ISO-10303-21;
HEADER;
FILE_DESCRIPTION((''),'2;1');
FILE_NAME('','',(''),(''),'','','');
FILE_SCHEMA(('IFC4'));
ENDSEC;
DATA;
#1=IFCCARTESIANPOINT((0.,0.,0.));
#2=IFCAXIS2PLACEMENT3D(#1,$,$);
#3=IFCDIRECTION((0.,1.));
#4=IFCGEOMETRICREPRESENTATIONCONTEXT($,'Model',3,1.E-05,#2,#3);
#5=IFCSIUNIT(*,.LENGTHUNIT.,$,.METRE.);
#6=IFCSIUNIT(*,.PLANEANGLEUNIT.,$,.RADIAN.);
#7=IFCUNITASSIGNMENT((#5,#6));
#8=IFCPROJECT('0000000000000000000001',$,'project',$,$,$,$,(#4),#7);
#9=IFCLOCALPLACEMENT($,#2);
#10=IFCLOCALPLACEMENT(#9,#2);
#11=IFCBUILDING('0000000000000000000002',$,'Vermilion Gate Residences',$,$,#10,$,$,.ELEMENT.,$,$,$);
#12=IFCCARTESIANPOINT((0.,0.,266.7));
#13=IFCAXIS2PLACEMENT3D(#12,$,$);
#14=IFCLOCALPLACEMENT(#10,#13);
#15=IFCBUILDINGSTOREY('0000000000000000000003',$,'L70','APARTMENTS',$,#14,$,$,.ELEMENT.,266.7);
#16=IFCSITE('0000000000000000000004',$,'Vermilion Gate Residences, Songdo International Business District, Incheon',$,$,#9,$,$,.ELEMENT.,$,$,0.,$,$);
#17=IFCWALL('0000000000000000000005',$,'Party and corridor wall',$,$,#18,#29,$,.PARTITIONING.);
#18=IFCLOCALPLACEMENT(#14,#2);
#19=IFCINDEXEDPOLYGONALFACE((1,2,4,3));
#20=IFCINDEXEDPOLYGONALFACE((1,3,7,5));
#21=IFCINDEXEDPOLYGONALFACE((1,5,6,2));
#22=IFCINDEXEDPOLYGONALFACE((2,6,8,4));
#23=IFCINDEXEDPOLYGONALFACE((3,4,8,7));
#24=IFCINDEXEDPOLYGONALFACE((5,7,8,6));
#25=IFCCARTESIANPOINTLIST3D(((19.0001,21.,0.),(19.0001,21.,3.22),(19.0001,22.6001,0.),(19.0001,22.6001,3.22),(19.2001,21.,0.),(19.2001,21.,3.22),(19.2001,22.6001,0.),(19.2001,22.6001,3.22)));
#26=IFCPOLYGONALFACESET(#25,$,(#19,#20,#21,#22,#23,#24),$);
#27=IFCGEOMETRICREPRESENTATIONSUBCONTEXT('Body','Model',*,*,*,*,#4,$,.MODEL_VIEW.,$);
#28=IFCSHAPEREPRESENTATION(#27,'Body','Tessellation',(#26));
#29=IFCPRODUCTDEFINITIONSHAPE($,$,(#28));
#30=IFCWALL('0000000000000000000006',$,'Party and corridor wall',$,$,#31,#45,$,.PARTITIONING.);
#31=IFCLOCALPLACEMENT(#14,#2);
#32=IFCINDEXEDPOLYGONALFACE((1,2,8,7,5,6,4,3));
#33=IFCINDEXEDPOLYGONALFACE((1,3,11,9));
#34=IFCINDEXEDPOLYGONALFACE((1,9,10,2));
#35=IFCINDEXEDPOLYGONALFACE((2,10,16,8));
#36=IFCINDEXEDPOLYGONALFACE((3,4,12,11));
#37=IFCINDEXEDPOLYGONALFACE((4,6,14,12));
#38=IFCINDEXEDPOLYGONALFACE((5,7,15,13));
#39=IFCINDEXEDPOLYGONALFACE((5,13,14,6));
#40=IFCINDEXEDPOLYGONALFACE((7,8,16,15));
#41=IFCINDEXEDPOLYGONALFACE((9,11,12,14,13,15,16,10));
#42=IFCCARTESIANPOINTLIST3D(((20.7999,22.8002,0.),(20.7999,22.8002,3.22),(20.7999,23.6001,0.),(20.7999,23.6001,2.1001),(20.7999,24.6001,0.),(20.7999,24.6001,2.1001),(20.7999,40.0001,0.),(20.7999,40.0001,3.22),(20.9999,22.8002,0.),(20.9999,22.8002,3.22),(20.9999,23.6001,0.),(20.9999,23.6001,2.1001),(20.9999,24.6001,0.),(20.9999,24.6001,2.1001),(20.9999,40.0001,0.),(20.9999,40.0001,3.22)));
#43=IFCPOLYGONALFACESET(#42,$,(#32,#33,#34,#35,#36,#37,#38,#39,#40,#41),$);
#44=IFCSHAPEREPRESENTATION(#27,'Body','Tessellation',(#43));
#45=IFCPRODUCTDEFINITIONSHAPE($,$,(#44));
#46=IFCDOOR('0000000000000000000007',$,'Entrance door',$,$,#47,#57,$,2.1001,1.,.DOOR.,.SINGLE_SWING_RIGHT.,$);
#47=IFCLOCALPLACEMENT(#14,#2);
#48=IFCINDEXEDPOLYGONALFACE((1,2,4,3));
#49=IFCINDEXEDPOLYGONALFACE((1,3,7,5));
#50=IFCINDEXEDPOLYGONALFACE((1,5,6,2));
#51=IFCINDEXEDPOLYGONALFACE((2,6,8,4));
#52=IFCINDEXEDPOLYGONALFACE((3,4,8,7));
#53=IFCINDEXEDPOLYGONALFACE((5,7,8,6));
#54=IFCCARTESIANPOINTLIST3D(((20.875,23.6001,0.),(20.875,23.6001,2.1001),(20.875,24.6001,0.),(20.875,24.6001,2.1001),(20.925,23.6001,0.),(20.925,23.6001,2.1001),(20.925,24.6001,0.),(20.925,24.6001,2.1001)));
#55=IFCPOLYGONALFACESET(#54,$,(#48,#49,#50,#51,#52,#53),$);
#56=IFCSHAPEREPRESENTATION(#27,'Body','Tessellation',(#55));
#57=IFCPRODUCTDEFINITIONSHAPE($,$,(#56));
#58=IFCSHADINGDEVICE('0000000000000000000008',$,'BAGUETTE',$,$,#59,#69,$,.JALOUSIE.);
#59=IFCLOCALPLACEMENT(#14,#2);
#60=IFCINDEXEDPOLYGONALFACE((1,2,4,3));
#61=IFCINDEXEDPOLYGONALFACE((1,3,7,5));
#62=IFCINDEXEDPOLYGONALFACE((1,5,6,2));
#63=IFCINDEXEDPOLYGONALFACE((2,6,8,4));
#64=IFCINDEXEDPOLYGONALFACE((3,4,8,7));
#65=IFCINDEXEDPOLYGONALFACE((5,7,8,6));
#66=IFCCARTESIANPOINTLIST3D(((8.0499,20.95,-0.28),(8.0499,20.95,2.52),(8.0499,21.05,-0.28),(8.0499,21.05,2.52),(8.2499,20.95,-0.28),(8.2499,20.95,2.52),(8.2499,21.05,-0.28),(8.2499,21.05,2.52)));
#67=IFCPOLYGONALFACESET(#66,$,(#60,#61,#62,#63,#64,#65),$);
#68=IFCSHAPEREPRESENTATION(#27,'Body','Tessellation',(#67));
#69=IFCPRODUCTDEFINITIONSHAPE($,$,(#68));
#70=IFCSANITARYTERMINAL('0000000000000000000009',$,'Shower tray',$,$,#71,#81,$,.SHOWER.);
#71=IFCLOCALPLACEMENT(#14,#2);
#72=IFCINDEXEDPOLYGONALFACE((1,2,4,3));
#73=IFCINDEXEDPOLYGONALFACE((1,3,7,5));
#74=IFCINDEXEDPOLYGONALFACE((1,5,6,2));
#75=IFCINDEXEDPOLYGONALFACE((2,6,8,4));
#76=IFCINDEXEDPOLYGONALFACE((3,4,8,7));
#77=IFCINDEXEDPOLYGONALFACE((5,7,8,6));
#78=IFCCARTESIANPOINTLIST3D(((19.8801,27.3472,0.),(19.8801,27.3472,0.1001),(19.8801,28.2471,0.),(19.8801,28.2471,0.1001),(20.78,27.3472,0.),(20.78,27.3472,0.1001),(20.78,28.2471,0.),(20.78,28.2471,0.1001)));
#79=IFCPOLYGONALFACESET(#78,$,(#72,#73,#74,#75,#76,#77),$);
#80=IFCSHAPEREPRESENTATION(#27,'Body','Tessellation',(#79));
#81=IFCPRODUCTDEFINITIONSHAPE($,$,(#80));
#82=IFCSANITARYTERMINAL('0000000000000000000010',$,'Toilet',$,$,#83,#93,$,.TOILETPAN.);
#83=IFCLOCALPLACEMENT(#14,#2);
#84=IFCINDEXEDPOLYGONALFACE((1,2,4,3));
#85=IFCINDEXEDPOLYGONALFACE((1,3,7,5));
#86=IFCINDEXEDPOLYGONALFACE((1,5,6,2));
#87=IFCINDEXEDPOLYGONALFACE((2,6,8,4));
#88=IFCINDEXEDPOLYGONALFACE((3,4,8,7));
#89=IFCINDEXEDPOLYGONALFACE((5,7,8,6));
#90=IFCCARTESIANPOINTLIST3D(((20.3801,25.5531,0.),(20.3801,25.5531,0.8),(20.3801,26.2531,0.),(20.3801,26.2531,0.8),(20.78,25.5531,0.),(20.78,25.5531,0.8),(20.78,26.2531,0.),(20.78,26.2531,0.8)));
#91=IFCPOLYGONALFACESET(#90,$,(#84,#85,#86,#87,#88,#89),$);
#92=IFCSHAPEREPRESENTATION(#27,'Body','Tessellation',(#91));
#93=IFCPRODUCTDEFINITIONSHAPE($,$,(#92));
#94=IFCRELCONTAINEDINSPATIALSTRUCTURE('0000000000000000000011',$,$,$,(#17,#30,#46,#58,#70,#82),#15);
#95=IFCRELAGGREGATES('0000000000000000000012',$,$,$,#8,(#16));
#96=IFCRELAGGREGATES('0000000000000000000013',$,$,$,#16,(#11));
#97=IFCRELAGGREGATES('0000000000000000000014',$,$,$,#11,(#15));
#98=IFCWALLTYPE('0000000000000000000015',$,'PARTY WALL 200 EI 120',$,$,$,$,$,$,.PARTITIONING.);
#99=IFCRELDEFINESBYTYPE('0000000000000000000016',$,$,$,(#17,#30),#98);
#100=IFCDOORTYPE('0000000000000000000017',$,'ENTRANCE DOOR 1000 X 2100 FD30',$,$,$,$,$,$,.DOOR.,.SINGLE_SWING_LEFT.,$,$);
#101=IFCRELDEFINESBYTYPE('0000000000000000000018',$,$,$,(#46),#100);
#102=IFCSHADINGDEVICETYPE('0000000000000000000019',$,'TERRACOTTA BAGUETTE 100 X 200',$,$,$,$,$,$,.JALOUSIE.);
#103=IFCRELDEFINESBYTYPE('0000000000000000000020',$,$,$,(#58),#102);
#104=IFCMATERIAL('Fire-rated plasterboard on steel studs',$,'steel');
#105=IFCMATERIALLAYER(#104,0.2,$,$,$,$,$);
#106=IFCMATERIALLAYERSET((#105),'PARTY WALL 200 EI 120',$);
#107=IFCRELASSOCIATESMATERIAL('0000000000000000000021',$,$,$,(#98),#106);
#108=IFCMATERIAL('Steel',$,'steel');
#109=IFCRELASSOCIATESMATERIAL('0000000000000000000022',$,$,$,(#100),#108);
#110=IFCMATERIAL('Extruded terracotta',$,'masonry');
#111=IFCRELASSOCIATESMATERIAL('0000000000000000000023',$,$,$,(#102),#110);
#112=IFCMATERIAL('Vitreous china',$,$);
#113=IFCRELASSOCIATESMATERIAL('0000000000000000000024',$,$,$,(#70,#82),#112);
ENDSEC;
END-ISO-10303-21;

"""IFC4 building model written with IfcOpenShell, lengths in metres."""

from ifc_helpers import new_model, si_unit, direction, frame, frame_2d, origin, origin_2d, place, context, subcontext, project, spatial, rectangle, extrude, material, layer, layer_set, material_profile, profile_set, type_object, element, fill, save


model = new_model("IFC4")

# Units and contexts
model_context = context("Model", 3, precision=1e-05, world=origin(), true_north=direction((0.0, 1.0)))
body_context = subcontext(model_context, "Body", "Model", "MODEL_VIEW")
ifc_project = project(units=[si_unit("LENGTHUNIT", "METRE"), si_unit("PLANEANGLEUNIT", "RADIAN")], contexts=[model_context])

# Site, building, storey
site_placement = place(None, origin())
site = spatial("IfcSite", under=ifc_project, at=site_placement, Name="Vermilion Gate Residences, Songdo International Business District, Incheon", CompositionType="ELEMENT", RefElevation=0.0)
building_placement = place(site_placement, origin())
building = spatial("IfcBuilding", under=site, at=building_placement, Name="Vermilion Gate Residences", CompositionType="ELEMENT")
storey_placement = place(building_placement, frame((0.0, 0.0, 266.7)))
storey = spatial("IfcBuildingStorey", under=building, at=storey_placement, Name="L70", Description="APARTMENTS", CompositionType="ELEMENT", Elevation=266.7)

# Wall
ifc_material_1 = material(Name="Fire-rated plasterboard on steel studs", Category="steel")
ifc_layer_1 = layer(ifc_material_1, 0.2)
ifc_layer_set_1 = layer_set([ifc_layer_1], Name="PARTY WALL 200 EI 120")
wall_type_1 = type_object("IfcWallType", Name="PARTY WALL 200 EI 120", PredefinedType="PARTITIONING", material=ifc_layer_set_1)
wall_1_placement = place(storey_placement, frame((19.1001, 21.0, 0.0), z_axis=(0.0, 0.0, 1.0), x_axis=(0.0, 1.0, 0.0)))
element("IfcWall", 1, at=wall_1_placement, inside=storey, type_object=wall_type_1, Name="Party and corridor wall", PredefinedType="PARTITIONING", context=body_context, shape_type="SweptSolid", body=[
    extrude(rectangle(XDim=1.6001, YDim=0.2, at=frame_2d((0.8, 0.0))), origin(), (0.0, 0.0, 1.0), 3.22),
])

# Wall, opening, door
wall_2_placement = place(storey_placement, frame((20.8999, 22.8, 0.0), z_axis=(0.0, 0.0, 1.0), x_axis=(0.0, 1.0, 0.0)))
wall_2 = element("IfcWall", 2, at=wall_2_placement, inside=storey, type_object=wall_type_1, Name="Party and corridor wall", PredefinedType="PARTITIONING", context=body_context, shape_type="SweptSolid", body=[
    extrude(rectangle(XDim=17.2, YDim=0.2, at=frame_2d((8.6001, 0.0))), origin(), (0.0, 0.0, 1.0), 3.22),
])
opening_1_placement = place(wall_2_placement, frame((0.8, 0.0, 0.0)))
opening_1 = element("IfcOpeningElement", 3, at=opening_1_placement, cuts=wall_2, PredefinedType="OPENING", context=body_context, shape_type="SweptSolid", body=[
    extrude(rectangle(XDim=1.0, YDim=2.1001, at=frame_2d((0.5, 1.05))), frame((0.0, 0.1099, 0.0), z_axis=(0.0, -1.0, 0.0), x_axis=(1.0, 0.0, 0.0)), (0.0, 0.0, 1.0), 0.22),
])
ifc_material_2 = material(Name="Steel", Category="steel")
door_type_1 = type_object("IfcDoorType", Name="ENTRANCE DOOR 1000 X 2100 FD30", OperationType="SINGLE_SWING_LEFT", PredefinedType="DOOR", material=ifc_material_2)
door_1_placement = place(opening_1_placement, origin())
door_1 = element("IfcDoor", 4, at=door_1_placement, inside=storey, type_object=door_type_1, Name="Entrance door", OperationType="SINGLE_SWING_RIGHT", OverallHeight=2.1001, OverallWidth=1.0, PredefinedType="DOOR", context=body_context, shape_type="SweptSolid", body=[
    extrude(rectangle(XDim=1.0, YDim=2.1001, at=frame_2d((0.5, 1.05))), frame((0.0, 0.0249, 0.0), z_axis=(0.0, -1.0, 0.0), x_axis=(1.0, 0.0, 0.0)), (0.0, 0.0, 1.0), 0.05),
])
fill(opening_1, door_1)

# Shading device
ifc_material_3 = material(Name="Extruded terracotta", Category="masonry")
ifc_material_profile_1 = material_profile(ifc_material_3, rectangle(XDim=0.2, YDim=0.1001, at=origin_2d()), Name="BAGUETTE 100 X 200")
ifc_profile_set_1 = profile_set([ifc_material_profile_1], Name="Extruded terracotta")
shading_device_type = type_object("IfcShadingDeviceType", Name="TERRACOTTA BAGUETTE 100 X 200", PredefinedType="JALOUSIE", material=ifc_profile_set_1)
shading_device_placement = place(storey_placement, frame((8.1499, 21.0, -0.28), z_axis=(0.0, 0.0, 1.0), x_axis=(1.0, 0.0, 0.0)))
element("IfcShadingDevice", 5, at=shading_device_placement, inside=storey, type_object=shading_device_type, Name="BAGUETTE", PredefinedType="JALOUSIE", context=body_context, shape_type="SweptSolid", body=[
    extrude(rectangle(XDim=0.2, YDim=0.1001, at=origin_2d()), origin(), (0.0, 0.0, 1.0), 2.8),
])

# Sanitary terminals
ifc_material_4 = material(Name="Vitreous china")
sanitary_terminal_1_placement = place(storey_placement, frame((20.3301, 27.7971, 0.0), z_axis=(0.0, 0.0, 1.0), x_axis=(1.0, 0.0, 0.0)))
element("IfcSanitaryTerminal", 6, at=sanitary_terminal_1_placement, inside=storey, material=ifc_material_4, Name="Shower tray", PredefinedType="SHOWER", context=body_context, shape_type="SweptSolid", body=[
    extrude(rectangle(XDim=0.8999, YDim=0.8999, at=origin_2d()), origin(), (0.0, 0.0, 1.0), 0.1001),
])
sanitary_terminal_2_placement = place(storey_placement, frame((20.5801, 25.9031, 0.0), z_axis=(0.0, 0.0, 1.0), x_axis=(1.0, 0.0, 0.0)))
element("IfcSanitaryTerminal", 7, at=sanitary_terminal_2_placement, inside=storey, material=ifc_material_4, Name="Toilet", PredefinedType="TOILETPAN", context=body_context, shape_type="SweptSolid", body=[
    extrude(rectangle(XDim=0.3999, YDim=0.7, at=origin_2d()), origin(), (0.0, 0.0, 1.0), 0.8),
])

save(model, "model.ifc")
